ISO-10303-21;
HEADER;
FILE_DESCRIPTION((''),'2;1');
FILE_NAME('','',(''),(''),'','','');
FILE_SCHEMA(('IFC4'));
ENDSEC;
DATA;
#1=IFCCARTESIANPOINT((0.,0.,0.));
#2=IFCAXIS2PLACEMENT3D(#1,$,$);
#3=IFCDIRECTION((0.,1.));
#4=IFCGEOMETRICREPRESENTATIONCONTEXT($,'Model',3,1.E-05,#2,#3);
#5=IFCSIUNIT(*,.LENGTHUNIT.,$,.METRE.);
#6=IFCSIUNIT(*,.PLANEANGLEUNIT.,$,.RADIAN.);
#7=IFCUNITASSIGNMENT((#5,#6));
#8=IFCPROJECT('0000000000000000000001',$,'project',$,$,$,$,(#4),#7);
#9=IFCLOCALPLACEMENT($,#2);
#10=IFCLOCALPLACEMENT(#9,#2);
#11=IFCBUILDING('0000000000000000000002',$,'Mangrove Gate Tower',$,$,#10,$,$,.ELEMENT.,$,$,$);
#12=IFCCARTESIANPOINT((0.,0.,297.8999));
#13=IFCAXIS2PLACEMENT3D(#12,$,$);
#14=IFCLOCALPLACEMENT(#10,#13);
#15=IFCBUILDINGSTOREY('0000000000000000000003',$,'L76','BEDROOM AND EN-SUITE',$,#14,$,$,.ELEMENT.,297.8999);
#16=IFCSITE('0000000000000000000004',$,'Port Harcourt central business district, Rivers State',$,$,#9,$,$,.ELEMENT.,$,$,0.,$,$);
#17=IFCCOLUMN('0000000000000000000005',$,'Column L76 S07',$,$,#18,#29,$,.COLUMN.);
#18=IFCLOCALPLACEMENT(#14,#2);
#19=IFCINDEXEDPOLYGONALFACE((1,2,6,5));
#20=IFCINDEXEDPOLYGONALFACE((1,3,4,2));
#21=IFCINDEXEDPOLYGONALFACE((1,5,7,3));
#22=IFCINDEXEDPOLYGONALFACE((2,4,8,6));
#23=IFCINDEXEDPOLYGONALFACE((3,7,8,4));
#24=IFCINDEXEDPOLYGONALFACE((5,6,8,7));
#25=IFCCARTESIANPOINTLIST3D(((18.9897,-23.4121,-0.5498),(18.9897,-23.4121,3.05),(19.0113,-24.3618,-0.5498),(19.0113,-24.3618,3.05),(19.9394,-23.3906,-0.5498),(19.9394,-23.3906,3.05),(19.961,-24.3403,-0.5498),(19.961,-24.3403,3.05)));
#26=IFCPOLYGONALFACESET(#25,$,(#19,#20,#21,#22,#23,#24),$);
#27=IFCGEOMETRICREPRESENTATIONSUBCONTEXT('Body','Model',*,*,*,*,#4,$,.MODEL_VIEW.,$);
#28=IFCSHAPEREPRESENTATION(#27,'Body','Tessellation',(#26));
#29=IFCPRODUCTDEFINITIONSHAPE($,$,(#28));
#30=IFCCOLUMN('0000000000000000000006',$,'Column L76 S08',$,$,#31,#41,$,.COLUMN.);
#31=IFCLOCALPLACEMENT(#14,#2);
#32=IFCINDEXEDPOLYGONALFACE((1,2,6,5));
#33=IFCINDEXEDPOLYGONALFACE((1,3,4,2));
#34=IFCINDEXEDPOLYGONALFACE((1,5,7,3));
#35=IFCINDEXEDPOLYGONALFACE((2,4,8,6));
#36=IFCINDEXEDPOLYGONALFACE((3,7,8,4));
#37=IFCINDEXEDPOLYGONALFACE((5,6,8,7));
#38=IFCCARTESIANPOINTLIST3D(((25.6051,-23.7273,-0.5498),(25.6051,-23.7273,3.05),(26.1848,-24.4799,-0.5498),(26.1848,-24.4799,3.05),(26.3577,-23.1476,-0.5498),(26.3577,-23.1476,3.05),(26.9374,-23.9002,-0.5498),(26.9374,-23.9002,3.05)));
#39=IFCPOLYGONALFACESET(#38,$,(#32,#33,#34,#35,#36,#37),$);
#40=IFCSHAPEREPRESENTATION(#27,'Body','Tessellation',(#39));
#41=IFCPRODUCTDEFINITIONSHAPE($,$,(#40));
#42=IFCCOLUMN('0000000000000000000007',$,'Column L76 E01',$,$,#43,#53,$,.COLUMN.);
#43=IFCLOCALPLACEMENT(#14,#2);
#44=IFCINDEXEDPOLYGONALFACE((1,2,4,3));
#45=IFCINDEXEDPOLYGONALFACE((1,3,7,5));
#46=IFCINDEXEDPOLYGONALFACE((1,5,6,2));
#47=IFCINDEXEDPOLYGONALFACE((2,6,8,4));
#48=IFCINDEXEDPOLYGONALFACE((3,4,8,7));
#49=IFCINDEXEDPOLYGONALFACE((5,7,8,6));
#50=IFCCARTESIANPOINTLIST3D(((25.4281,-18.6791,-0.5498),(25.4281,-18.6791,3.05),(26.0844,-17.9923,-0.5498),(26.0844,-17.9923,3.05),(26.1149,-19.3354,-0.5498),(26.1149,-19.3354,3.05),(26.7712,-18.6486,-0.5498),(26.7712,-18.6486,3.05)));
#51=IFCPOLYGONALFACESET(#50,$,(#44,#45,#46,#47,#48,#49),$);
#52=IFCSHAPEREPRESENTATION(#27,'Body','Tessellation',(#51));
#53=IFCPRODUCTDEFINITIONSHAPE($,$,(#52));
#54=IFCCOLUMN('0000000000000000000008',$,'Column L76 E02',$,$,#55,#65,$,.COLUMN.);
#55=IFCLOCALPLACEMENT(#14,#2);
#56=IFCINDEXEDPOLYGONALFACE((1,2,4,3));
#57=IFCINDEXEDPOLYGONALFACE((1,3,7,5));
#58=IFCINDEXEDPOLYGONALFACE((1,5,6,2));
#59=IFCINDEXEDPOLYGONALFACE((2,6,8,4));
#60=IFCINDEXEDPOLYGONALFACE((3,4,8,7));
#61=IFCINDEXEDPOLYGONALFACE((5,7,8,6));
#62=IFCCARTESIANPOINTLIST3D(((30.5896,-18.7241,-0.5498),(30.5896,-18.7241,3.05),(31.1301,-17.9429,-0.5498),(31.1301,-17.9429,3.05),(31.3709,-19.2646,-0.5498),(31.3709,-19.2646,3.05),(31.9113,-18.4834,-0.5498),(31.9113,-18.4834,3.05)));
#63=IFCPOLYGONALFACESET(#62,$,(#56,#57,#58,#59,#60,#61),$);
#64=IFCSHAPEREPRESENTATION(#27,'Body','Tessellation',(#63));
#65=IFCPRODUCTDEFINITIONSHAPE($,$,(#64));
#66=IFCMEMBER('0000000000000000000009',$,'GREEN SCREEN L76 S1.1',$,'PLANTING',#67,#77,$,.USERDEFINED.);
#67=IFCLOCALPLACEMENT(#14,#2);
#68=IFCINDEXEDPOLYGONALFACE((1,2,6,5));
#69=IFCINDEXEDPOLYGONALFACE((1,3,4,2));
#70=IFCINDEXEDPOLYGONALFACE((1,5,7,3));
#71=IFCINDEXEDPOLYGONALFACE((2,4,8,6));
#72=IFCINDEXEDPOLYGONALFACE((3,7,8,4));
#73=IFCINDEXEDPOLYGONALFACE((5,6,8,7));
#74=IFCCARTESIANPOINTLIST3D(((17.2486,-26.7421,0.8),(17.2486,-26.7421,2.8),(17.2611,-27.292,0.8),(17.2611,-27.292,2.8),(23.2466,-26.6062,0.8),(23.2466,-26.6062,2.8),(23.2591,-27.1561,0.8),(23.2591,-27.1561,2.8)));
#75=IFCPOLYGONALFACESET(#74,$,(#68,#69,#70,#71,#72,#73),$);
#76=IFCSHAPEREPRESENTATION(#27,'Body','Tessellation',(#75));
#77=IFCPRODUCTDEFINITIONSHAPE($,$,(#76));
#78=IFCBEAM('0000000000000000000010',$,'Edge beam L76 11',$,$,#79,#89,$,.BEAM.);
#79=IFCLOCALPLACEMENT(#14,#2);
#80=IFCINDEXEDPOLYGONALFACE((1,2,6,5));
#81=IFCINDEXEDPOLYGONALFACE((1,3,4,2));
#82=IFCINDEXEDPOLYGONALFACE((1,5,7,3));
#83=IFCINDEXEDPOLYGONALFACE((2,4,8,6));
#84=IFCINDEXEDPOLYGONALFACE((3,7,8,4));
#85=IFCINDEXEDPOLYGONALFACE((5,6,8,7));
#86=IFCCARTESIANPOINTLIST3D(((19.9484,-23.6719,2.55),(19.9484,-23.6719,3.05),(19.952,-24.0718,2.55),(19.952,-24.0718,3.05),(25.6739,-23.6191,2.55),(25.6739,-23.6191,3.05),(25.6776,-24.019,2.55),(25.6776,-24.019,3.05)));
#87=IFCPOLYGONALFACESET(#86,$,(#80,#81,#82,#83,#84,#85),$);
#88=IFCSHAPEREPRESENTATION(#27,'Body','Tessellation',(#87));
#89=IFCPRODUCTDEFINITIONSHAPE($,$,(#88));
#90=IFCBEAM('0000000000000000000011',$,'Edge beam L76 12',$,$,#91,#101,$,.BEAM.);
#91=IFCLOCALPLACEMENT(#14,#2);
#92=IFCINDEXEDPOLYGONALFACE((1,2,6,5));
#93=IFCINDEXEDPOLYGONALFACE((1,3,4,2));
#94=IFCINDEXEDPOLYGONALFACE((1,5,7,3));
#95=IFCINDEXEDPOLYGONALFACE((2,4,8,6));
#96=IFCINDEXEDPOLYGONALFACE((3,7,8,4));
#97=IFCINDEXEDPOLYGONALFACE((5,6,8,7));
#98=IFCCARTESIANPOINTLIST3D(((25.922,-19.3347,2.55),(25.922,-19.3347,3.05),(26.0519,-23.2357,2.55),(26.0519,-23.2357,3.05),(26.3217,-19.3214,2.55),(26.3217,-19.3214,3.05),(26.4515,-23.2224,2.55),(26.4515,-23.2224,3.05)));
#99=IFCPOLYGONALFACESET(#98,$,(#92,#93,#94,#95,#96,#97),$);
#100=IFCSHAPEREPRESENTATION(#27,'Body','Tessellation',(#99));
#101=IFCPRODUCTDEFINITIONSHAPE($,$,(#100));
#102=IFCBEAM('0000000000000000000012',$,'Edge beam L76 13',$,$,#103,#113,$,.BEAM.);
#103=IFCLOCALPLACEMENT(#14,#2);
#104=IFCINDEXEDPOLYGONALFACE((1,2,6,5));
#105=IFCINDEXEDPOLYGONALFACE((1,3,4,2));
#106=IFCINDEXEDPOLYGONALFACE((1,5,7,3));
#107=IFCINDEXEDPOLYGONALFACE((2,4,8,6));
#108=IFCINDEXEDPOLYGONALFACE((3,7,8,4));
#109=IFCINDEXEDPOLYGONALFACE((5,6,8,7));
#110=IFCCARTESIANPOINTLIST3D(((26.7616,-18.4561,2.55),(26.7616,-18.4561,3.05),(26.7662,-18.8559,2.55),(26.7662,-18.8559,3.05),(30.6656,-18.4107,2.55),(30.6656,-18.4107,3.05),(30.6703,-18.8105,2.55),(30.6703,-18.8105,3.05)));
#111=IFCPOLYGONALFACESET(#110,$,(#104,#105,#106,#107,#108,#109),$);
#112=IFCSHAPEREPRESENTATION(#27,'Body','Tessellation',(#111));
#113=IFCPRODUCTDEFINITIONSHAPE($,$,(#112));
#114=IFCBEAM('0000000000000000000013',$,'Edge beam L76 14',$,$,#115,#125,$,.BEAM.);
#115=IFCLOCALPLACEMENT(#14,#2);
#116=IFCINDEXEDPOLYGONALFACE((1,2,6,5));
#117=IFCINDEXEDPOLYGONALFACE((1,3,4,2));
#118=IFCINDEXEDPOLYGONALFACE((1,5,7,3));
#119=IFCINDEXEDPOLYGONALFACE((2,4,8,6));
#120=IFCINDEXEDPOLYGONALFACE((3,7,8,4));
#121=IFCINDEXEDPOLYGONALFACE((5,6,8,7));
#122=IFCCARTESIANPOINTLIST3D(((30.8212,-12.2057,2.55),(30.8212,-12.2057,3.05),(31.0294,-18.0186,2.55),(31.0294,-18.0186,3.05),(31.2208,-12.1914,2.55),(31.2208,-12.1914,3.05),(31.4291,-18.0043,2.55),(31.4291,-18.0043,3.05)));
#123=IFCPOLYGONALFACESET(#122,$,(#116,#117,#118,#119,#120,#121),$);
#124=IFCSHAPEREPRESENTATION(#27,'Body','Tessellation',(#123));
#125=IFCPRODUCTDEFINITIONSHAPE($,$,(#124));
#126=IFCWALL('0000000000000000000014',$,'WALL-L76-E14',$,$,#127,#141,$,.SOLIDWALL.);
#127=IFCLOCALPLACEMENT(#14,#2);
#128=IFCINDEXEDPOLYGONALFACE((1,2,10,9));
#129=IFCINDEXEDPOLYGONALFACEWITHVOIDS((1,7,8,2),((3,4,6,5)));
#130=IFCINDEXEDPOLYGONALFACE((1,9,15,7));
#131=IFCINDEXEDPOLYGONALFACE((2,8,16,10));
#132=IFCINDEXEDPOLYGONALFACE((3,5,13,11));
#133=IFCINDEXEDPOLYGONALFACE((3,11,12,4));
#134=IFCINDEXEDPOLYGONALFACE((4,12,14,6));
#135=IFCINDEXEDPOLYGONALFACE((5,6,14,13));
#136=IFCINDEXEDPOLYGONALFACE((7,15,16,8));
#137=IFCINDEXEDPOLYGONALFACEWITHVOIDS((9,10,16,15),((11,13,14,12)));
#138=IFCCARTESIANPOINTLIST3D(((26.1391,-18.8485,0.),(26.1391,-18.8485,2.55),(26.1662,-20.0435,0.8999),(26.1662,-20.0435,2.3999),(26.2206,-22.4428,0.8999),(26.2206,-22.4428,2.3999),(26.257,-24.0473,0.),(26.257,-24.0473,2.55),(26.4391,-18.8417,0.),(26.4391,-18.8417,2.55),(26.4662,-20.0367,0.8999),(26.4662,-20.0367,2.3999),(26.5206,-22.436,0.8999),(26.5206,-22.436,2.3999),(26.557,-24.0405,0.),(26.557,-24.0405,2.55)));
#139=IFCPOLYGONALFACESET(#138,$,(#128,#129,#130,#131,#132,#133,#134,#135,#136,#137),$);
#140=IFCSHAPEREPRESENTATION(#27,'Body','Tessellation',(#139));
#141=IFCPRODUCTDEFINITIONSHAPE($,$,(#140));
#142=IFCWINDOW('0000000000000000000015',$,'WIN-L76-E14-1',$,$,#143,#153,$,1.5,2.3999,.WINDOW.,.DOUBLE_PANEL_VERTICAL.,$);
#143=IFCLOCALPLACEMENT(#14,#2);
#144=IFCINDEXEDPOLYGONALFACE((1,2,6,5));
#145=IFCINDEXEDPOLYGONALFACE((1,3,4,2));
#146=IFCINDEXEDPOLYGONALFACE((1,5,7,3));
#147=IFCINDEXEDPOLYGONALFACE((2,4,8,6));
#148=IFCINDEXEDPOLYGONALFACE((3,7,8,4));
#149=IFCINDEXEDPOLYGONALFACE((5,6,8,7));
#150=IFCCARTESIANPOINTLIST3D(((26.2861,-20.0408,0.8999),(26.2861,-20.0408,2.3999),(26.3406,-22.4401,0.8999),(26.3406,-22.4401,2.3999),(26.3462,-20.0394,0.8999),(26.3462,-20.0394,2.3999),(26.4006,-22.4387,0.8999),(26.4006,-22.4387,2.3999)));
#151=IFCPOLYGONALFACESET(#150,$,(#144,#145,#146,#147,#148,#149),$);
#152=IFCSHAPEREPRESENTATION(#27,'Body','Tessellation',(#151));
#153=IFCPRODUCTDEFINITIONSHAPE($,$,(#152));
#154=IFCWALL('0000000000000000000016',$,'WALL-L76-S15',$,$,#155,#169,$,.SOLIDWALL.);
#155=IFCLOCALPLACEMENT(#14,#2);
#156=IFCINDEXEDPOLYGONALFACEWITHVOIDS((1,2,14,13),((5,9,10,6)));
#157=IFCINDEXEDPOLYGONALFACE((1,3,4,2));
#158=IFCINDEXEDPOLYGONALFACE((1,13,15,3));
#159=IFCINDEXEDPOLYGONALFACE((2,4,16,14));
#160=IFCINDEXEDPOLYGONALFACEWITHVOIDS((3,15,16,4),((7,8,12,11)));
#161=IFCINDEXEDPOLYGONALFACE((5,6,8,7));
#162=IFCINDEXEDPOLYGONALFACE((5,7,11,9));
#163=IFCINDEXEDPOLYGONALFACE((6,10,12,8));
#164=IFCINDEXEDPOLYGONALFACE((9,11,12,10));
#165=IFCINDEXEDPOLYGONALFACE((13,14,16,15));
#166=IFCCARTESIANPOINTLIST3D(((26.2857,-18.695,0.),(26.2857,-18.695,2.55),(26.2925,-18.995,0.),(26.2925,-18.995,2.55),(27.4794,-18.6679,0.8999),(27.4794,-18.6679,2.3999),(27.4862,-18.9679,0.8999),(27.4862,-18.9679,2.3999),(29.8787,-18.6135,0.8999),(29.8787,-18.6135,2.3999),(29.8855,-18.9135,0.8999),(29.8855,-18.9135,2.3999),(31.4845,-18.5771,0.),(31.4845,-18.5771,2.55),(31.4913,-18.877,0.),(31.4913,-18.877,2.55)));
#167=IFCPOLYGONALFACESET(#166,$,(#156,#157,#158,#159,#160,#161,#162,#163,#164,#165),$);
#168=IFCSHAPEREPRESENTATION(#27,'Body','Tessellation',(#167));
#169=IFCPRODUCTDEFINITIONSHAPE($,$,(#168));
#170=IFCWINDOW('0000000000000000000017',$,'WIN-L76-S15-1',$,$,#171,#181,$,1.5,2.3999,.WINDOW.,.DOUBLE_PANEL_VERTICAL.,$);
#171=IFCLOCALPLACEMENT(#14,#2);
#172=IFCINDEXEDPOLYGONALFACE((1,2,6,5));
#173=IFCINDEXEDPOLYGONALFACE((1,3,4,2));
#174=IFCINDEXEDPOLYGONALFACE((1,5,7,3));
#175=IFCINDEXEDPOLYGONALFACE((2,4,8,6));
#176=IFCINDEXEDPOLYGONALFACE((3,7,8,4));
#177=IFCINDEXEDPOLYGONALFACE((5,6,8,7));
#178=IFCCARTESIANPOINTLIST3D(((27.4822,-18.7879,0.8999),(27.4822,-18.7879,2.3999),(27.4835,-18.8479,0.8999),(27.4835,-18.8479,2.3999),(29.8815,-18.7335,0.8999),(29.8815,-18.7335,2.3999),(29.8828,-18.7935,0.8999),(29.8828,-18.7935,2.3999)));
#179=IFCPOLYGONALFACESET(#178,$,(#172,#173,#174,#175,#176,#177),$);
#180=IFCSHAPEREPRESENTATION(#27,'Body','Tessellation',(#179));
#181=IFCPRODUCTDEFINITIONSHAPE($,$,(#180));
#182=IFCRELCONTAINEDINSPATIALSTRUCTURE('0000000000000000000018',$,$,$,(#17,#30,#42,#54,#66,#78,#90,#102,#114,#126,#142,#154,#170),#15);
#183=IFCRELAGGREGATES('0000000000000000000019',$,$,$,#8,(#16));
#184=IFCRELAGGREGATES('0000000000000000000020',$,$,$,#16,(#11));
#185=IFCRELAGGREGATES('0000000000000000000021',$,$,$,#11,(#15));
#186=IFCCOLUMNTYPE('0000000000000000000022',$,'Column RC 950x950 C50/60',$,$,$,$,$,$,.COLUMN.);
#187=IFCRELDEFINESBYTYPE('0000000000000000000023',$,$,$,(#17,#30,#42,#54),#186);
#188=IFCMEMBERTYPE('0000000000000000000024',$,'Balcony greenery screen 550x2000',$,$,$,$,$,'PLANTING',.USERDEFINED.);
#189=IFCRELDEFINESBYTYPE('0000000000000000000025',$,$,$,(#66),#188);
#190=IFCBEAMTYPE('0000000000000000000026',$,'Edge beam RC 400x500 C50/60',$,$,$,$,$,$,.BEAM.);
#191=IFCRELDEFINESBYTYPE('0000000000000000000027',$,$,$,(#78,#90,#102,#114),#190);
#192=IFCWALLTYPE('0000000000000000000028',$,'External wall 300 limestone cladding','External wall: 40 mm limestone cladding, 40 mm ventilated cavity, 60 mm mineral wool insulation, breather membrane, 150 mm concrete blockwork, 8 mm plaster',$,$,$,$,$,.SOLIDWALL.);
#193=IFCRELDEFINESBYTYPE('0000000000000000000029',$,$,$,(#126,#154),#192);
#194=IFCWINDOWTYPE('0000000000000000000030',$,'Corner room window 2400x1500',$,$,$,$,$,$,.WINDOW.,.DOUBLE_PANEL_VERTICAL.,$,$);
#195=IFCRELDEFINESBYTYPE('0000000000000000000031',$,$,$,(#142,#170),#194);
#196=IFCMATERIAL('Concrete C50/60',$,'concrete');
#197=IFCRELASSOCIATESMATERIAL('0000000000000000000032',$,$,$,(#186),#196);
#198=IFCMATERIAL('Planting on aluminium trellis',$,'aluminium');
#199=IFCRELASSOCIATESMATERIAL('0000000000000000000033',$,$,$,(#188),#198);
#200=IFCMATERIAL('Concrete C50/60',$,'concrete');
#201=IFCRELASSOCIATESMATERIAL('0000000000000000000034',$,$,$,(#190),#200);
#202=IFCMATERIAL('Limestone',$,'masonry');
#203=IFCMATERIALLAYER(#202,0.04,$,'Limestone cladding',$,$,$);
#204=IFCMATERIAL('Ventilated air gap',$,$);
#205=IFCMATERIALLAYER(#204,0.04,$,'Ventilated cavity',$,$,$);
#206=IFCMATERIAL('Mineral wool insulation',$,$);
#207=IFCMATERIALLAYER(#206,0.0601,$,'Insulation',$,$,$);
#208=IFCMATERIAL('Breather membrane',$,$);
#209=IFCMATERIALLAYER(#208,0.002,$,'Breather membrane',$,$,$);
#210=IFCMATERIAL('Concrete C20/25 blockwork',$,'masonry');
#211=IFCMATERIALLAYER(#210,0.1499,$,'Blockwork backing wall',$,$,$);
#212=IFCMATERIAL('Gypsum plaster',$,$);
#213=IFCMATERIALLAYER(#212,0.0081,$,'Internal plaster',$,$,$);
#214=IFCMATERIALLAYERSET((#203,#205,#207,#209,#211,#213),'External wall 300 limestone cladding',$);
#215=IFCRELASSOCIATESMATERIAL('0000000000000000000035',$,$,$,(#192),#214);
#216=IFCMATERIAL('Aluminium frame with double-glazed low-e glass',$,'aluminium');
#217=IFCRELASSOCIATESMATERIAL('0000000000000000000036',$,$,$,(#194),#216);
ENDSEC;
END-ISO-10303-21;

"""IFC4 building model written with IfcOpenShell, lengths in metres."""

from ifc_helpers import new_model, si_unit, direction, frame, frame_2d, origin, origin_2d, place, context, subcontext, project, spatial, rectangle, extrude, material, layer, layer_set, material_profile, profile_set, type_object, element, fill, save


model = new_model("IFC4")

# Units and contexts
model_context = context("Model", 3, precision=1e-05, world=origin(), true_north=direction((0.0, 1.0)))
body_context = subcontext(model_context, "Body", "Model", "MODEL_VIEW")
ifc_project = project(units=[si_unit("LENGTHUNIT", "METRE"), si_unit("PLANEANGLEUNIT", "RADIAN")], contexts=[model_context])

# Site, building, storey
site_placement = place(None, origin())
site = spatial("IfcSite", under=ifc_project, at=site_placement, Name="Port Harcourt central business district, Rivers State", CompositionType="ELEMENT", RefElevation=0.0)
building_placement = place(site_placement, origin())
building = spatial("IfcBuilding", under=site, at=building_placement, Name="Mangrove Gate Tower", CompositionType="ELEMENT")
storey_placement = place(building_placement, frame((0.0, 0.0, 297.8999)))
storey = spatial("IfcBuildingStorey", under=building, at=storey_placement, Name="L76", Description="BEDROOM AND EN-SUITE", CompositionType="ELEMENT", Elevation=297.8999)

# Columns
ifc_material_1 = material(Name="Concrete C50/60", Category="concrete")
ifc_material_profile_1 = material_profile(ifc_material_1, rectangle(XDim=0.95, YDim=0.95, at=origin_2d()))
ifc_profile_set_1 = profile_set([ifc_material_profile_1], Name="Concrete C50/60")
column_type = type_object("IfcColumnType", Name="Column RC 950x950 C50/60", PredefinedType="COLUMN", material=ifc_profile_set_1)
for number, where, z_axis, x_axis, name in (
    (1, (19.4753, -23.8762, -0.5498), (0.0, 0.0, 1.0), (0.999743, 0.02268, 0.0), "Column L76 S07"),
    (2, (26.2712, -23.8137, -0.5498), (0.0, 0.0, 1.0), (0.792213, 0.610244, 0.0), "Column L76 S08"),
    (3, (26.0996, -18.6638, -0.5498), (0.0, 0.0, 1.0), (0.690877, 0.722973, 0.0), "Column L76 E01"),
    (4, (31.2505, -18.6038, -0.5498), (0.0, 0.0, 1.0), (0.568957, 0.822367, 0.0), "Column L76 E02"),
):
    element("IfcColumn", number, at=place(storey_placement, frame(where, z_axis=z_axis, x_axis=x_axis)), inside=storey, type_object=column_type, Name=name, PredefinedType="COLUMN", context=body_context, shape_type="SweptSolid", body=[
        extrude(rectangle(XDim=0.95, YDim=0.95, at=origin_2d()), origin(), (0.0, 0.0, 1.0), 3.5999),
    ])

# Member
ifc_material_2 = material(Name="Planting on aluminium trellis", Category="aluminium")
ifc_material_profile_2 = material_profile(ifc_material_2, rectangle(XDim=0.55, YDim=2.0, at=origin_2d()))
ifc_profile_set_2 = profile_set([ifc_material_profile_2], Name="Planting on aluminium trellis")
member_type = type_object("IfcMemberType", Name="Balcony greenery screen 550x2000", ElementType="PLANTING", PredefinedType="USERDEFINED", material=ifc_profile_set_2)
member_placement = place(storey_placement, frame((17.2549, -27.0171, 1.8), z_axis=(0.999743, 0.022666, 0.0), x_axis=(-0.022666, 0.999743, 0.0)))
element("IfcMember", 5, at=member_placement, inside=storey, type_object=member_type, Name="GREEN SCREEN L76 S1.1", ObjectType="PLANTING", PredefinedType="USERDEFINED", context=body_context, shape_type="SweptSolid", body=[
    extrude(rectangle(XDim=0.55, YDim=2.0, at=origin_2d()), origin(), (0.0, 0.0, 1.0), 5.9995),
])

# Beams
ifc_material_3 = material(Name="Concrete C50/60", Category="concrete")
ifc_material_profile_3 = material_profile(ifc_material_3, rectangle(XDim=0.3999, YDim=0.5, at=origin_2d()))
ifc_profile_set_3 = profile_set([ifc_material_profile_3], Name="Concrete C50/60")
beam_type = type_object("IfcBeamType", Name="Edge beam RC 400x500 C50/60", PredefinedType="BEAM", material=ifc_profile_set_3)
beam_1_placement = place(storey_placement, frame((19.9502, -23.8718, 2.8), z_axis=(0.999958, 0.00921, 0.0), x_axis=(-0.00921, 0.999958, 0.0)))
element("IfcBeam", 6, at=beam_1_placement, inside=storey, type_object=beam_type, Name="Edge beam L76 11", PredefinedType="BEAM", context=body_context, shape_type="SweptSolid", body=[
    extrude(rectangle(XDim=0.3999, YDim=0.5, at=origin_2d()), origin(), (0.0, 0.0, 1.0), 5.7258),
])
beam_2_placement = place(storey_placement, frame((26.2517, -23.229, 2.8), z_axis=(-0.033277, 0.999446, 0.0), x_axis=(-0.999446, -0.033277, 0.0)))
element("IfcBeam", 7, at=beam_2_placement, inside=storey, type_object=beam_type, Name="Edge beam L76 12", PredefinedType="BEAM", context=body_context, shape_type="SweptSolid", body=[
    extrude(rectangle(XDim=0.3999, YDim=0.5, at=origin_2d()), origin(), (0.0, 0.0, 1.0), 3.9031),
])
beam_3_placement = place(storey_placement, frame((26.7639, -18.656, 2.8), z_axis=(0.999932, 0.011631, 0.0), x_axis=(-0.011631, 0.999932, 0.0)))
element("IfcBeam", 8, at=beam_3_placement, inside=storey, type_object=beam_type, Name="Edge beam L76 13", PredefinedType="BEAM", context=body_context, shape_type="SweptSolid", body=[
    extrude(rectangle(XDim=0.3999, YDim=0.5, at=origin_2d()), origin(), (0.0, 0.0, 1.0), 3.9043),
])
beam_4_placement = place(storey_placement, frame((31.2292, -18.0115, 2.8), z_axis=(-0.035802, 0.999359, 0.0), x_axis=(-0.999359, -0.035802, 0.0)))
element("IfcBeam", 9, at=beam_4_placement, inside=storey, type_object=beam_type, Name="Edge beam L76 14", PredefinedType="BEAM", context=body_context, shape_type="SweptSolid", body=[
    extrude(rectangle(XDim=0.3999, YDim=0.5, at=origin_2d()), origin(), (0.0, 0.0, 1.0), 5.8167),
])

# Shared definitions
ifc_material_4 = material(Name="Limestone", Category="masonry")
ifc_layer_1 = layer(ifc_material_4, 0.04, Name="Limestone cladding")
ifc_material_5 = material(Name="Ventilated air gap")
ifc_layer_2 = layer(ifc_material_5, 0.04, Name="Ventilated cavity")
ifc_material_6 = material(Name="Mineral wool insulation")
ifc_layer_3 = layer(ifc_material_6, 0.0601, Name="Insulation")
ifc_material_7 = material(Name="Breather membrane")
ifc_layer_4 = layer(ifc_material_7, 0.002, Name="Breather membrane")
ifc_material_8 = material(Name="Concrete C20/25 blockwork", Category="masonry")
ifc_layer_5 = layer(ifc_material_8, 0.1499, Name="Blockwork backing wall")
ifc_material_9 = material(Name="Gypsum plaster")
ifc_layer_6 = layer(ifc_material_9, 0.0081, Name="Internal plaster")
ifc_layer_set_1 = layer_set([ifc_layer_1, ifc_layer_2, ifc_layer_3, ifc_layer_4, ifc_layer_5, ifc_layer_6], Name="External wall 300 limestone cladding")
wall_type_1 = type_object("IfcWallType", Name="External wall 300 limestone cladding", Description="External wall: 40 mm limestone cladding, 40 mm ventilated cavity, 60 mm mineral wool insulation, breather membrane, 150 mm concrete blockwork, 8 mm plaster", PredefinedType="SOLIDWALL", material=ifc_layer_set_1)
ifc_material_10 = material(Name="Aluminium frame with double-glazed low-e glass", Category="aluminium")
window_type = type_object("IfcWindowType", Name="Corner room window 2400x1500", PartitioningType="DOUBLE_PANEL_VERTICAL", PredefinedType="WINDOW", material=ifc_material_10)

# Walls, openings, windows
wall_1_placement = place(storey_placement, frame((26.407, -24.0439, 0.0), z_axis=(0.0, 0.0, 1.0), x_axis=(-0.022676, 0.999743, 0.0)))
wall_1 = element("IfcWall", 10, at=wall_1_placement, inside=storey, type_object=wall_type_1, Name="WALL-L76-E14", PredefinedType="SOLIDWALL", context=body_context, shape_type="SweptSolid", body=[
    extrude(rectangle(XDim=5.2002, YDim=0.3, at=frame_2d((2.6001, 0.0))), origin(), (0.0, 0.0, 1.0), 2.55),
])
opening_1_placement = place(wall_1_placement, frame((1.605, 0.0, 0.8999)))
opening_1 = element("IfcOpeningElement", 11, at=opening_1_placement, cuts=wall_1, PredefinedType="OPENING", context=body_context, shape_type="SweptSolid", body=[
    extrude(rectangle(XDim=2.3999, YDim=1.5, at=frame_2d((1.2, 0.75))), frame((0.0, 0.1599, 0.0), z_axis=(0.0, -1.0, 0.0), x_axis=(1.0, 0.0, 0.0)), (0.0, 0.0, 1.0), 0.3201),
])
window_1_placement = place(opening_1_placement, origin())
window_1 = element("IfcWindow", 12, at=window_1_placement, inside=storey, type_object=window_type, Name="WIN-L76-E14-1", OverallHeight=1.5, OverallWidth=2.3999, PartitioningType="DOUBLE_PANEL_VERTICAL", PredefinedType="WINDOW", context=body_context, shape_type="SweptSolid", body=[
    extrude(rectangle(XDim=2.3999, YDim=1.5, at=frame_2d((1.2, 0.75))), frame((0.0, 0.03, 0.0), z_axis=(0.0, -1.0, 0.0), x_axis=(1.0, 0.0, 0.0)), (0.0, 0.0, 1.0), 0.0601),
])
fill(opening_1, window_1)
wall_2_placement = place(storey_placement, frame((26.2891, -18.845, 0.0), z_axis=(0.0, 0.0, 1.0), x_axis=(0.999743, 0.022676, 0.0)))
wall_2 = element("IfcWall", 13, at=wall_2_placement, inside=storey, type_object=wall_type_1, Name="WALL-L76-S15", PredefinedType="SOLIDWALL", context=body_context, shape_type="SweptSolid", body=[
    extrude(rectangle(XDim=5.2002, YDim=0.3, at=frame_2d((2.6001, 0.0))), origin(), (0.0, 0.0, 1.0), 2.55),
])
opening_2_placement = place(wall_2_placement, frame((1.1941, 0.0, 0.8999)))
opening_2 = element("IfcOpeningElement", 14, at=opening_2_placement, cuts=wall_2, PredefinedType="OPENING", context=body_context, shape_type="SweptSolid", body=[
    extrude(rectangle(XDim=2.3999, YDim=1.5, at=frame_2d((1.2, 0.75))), frame((0.0, 0.1599, 0.0), z_axis=(0.0, -1.0, 0.0), x_axis=(1.0, 0.0, 0.0)), (0.0, 0.0, 1.0), 0.3201),
])
window_2_placement = place(opening_2_placement, origin())
window_2 = element("IfcWindow", 15, at=window_2_placement, inside=storey, type_object=window_type, Name="WIN-L76-S15-1", OverallHeight=1.5, OverallWidth=2.3999, PartitioningType="DOUBLE_PANEL_VERTICAL", PredefinedType="WINDOW", context=body_context, shape_type="SweptSolid", body=[
    extrude(rectangle(XDim=2.3999, YDim=1.5, at=frame_2d((1.2, 0.75))), frame((0.0, 0.03, 0.0), z_axis=(0.0, -1.0, 0.0), x_axis=(1.0, 0.0, 0.0)), (0.0, 0.0, 1.0), 0.0601),
])
fill(opening_2, window_2)

save(model, "model.ifc")
